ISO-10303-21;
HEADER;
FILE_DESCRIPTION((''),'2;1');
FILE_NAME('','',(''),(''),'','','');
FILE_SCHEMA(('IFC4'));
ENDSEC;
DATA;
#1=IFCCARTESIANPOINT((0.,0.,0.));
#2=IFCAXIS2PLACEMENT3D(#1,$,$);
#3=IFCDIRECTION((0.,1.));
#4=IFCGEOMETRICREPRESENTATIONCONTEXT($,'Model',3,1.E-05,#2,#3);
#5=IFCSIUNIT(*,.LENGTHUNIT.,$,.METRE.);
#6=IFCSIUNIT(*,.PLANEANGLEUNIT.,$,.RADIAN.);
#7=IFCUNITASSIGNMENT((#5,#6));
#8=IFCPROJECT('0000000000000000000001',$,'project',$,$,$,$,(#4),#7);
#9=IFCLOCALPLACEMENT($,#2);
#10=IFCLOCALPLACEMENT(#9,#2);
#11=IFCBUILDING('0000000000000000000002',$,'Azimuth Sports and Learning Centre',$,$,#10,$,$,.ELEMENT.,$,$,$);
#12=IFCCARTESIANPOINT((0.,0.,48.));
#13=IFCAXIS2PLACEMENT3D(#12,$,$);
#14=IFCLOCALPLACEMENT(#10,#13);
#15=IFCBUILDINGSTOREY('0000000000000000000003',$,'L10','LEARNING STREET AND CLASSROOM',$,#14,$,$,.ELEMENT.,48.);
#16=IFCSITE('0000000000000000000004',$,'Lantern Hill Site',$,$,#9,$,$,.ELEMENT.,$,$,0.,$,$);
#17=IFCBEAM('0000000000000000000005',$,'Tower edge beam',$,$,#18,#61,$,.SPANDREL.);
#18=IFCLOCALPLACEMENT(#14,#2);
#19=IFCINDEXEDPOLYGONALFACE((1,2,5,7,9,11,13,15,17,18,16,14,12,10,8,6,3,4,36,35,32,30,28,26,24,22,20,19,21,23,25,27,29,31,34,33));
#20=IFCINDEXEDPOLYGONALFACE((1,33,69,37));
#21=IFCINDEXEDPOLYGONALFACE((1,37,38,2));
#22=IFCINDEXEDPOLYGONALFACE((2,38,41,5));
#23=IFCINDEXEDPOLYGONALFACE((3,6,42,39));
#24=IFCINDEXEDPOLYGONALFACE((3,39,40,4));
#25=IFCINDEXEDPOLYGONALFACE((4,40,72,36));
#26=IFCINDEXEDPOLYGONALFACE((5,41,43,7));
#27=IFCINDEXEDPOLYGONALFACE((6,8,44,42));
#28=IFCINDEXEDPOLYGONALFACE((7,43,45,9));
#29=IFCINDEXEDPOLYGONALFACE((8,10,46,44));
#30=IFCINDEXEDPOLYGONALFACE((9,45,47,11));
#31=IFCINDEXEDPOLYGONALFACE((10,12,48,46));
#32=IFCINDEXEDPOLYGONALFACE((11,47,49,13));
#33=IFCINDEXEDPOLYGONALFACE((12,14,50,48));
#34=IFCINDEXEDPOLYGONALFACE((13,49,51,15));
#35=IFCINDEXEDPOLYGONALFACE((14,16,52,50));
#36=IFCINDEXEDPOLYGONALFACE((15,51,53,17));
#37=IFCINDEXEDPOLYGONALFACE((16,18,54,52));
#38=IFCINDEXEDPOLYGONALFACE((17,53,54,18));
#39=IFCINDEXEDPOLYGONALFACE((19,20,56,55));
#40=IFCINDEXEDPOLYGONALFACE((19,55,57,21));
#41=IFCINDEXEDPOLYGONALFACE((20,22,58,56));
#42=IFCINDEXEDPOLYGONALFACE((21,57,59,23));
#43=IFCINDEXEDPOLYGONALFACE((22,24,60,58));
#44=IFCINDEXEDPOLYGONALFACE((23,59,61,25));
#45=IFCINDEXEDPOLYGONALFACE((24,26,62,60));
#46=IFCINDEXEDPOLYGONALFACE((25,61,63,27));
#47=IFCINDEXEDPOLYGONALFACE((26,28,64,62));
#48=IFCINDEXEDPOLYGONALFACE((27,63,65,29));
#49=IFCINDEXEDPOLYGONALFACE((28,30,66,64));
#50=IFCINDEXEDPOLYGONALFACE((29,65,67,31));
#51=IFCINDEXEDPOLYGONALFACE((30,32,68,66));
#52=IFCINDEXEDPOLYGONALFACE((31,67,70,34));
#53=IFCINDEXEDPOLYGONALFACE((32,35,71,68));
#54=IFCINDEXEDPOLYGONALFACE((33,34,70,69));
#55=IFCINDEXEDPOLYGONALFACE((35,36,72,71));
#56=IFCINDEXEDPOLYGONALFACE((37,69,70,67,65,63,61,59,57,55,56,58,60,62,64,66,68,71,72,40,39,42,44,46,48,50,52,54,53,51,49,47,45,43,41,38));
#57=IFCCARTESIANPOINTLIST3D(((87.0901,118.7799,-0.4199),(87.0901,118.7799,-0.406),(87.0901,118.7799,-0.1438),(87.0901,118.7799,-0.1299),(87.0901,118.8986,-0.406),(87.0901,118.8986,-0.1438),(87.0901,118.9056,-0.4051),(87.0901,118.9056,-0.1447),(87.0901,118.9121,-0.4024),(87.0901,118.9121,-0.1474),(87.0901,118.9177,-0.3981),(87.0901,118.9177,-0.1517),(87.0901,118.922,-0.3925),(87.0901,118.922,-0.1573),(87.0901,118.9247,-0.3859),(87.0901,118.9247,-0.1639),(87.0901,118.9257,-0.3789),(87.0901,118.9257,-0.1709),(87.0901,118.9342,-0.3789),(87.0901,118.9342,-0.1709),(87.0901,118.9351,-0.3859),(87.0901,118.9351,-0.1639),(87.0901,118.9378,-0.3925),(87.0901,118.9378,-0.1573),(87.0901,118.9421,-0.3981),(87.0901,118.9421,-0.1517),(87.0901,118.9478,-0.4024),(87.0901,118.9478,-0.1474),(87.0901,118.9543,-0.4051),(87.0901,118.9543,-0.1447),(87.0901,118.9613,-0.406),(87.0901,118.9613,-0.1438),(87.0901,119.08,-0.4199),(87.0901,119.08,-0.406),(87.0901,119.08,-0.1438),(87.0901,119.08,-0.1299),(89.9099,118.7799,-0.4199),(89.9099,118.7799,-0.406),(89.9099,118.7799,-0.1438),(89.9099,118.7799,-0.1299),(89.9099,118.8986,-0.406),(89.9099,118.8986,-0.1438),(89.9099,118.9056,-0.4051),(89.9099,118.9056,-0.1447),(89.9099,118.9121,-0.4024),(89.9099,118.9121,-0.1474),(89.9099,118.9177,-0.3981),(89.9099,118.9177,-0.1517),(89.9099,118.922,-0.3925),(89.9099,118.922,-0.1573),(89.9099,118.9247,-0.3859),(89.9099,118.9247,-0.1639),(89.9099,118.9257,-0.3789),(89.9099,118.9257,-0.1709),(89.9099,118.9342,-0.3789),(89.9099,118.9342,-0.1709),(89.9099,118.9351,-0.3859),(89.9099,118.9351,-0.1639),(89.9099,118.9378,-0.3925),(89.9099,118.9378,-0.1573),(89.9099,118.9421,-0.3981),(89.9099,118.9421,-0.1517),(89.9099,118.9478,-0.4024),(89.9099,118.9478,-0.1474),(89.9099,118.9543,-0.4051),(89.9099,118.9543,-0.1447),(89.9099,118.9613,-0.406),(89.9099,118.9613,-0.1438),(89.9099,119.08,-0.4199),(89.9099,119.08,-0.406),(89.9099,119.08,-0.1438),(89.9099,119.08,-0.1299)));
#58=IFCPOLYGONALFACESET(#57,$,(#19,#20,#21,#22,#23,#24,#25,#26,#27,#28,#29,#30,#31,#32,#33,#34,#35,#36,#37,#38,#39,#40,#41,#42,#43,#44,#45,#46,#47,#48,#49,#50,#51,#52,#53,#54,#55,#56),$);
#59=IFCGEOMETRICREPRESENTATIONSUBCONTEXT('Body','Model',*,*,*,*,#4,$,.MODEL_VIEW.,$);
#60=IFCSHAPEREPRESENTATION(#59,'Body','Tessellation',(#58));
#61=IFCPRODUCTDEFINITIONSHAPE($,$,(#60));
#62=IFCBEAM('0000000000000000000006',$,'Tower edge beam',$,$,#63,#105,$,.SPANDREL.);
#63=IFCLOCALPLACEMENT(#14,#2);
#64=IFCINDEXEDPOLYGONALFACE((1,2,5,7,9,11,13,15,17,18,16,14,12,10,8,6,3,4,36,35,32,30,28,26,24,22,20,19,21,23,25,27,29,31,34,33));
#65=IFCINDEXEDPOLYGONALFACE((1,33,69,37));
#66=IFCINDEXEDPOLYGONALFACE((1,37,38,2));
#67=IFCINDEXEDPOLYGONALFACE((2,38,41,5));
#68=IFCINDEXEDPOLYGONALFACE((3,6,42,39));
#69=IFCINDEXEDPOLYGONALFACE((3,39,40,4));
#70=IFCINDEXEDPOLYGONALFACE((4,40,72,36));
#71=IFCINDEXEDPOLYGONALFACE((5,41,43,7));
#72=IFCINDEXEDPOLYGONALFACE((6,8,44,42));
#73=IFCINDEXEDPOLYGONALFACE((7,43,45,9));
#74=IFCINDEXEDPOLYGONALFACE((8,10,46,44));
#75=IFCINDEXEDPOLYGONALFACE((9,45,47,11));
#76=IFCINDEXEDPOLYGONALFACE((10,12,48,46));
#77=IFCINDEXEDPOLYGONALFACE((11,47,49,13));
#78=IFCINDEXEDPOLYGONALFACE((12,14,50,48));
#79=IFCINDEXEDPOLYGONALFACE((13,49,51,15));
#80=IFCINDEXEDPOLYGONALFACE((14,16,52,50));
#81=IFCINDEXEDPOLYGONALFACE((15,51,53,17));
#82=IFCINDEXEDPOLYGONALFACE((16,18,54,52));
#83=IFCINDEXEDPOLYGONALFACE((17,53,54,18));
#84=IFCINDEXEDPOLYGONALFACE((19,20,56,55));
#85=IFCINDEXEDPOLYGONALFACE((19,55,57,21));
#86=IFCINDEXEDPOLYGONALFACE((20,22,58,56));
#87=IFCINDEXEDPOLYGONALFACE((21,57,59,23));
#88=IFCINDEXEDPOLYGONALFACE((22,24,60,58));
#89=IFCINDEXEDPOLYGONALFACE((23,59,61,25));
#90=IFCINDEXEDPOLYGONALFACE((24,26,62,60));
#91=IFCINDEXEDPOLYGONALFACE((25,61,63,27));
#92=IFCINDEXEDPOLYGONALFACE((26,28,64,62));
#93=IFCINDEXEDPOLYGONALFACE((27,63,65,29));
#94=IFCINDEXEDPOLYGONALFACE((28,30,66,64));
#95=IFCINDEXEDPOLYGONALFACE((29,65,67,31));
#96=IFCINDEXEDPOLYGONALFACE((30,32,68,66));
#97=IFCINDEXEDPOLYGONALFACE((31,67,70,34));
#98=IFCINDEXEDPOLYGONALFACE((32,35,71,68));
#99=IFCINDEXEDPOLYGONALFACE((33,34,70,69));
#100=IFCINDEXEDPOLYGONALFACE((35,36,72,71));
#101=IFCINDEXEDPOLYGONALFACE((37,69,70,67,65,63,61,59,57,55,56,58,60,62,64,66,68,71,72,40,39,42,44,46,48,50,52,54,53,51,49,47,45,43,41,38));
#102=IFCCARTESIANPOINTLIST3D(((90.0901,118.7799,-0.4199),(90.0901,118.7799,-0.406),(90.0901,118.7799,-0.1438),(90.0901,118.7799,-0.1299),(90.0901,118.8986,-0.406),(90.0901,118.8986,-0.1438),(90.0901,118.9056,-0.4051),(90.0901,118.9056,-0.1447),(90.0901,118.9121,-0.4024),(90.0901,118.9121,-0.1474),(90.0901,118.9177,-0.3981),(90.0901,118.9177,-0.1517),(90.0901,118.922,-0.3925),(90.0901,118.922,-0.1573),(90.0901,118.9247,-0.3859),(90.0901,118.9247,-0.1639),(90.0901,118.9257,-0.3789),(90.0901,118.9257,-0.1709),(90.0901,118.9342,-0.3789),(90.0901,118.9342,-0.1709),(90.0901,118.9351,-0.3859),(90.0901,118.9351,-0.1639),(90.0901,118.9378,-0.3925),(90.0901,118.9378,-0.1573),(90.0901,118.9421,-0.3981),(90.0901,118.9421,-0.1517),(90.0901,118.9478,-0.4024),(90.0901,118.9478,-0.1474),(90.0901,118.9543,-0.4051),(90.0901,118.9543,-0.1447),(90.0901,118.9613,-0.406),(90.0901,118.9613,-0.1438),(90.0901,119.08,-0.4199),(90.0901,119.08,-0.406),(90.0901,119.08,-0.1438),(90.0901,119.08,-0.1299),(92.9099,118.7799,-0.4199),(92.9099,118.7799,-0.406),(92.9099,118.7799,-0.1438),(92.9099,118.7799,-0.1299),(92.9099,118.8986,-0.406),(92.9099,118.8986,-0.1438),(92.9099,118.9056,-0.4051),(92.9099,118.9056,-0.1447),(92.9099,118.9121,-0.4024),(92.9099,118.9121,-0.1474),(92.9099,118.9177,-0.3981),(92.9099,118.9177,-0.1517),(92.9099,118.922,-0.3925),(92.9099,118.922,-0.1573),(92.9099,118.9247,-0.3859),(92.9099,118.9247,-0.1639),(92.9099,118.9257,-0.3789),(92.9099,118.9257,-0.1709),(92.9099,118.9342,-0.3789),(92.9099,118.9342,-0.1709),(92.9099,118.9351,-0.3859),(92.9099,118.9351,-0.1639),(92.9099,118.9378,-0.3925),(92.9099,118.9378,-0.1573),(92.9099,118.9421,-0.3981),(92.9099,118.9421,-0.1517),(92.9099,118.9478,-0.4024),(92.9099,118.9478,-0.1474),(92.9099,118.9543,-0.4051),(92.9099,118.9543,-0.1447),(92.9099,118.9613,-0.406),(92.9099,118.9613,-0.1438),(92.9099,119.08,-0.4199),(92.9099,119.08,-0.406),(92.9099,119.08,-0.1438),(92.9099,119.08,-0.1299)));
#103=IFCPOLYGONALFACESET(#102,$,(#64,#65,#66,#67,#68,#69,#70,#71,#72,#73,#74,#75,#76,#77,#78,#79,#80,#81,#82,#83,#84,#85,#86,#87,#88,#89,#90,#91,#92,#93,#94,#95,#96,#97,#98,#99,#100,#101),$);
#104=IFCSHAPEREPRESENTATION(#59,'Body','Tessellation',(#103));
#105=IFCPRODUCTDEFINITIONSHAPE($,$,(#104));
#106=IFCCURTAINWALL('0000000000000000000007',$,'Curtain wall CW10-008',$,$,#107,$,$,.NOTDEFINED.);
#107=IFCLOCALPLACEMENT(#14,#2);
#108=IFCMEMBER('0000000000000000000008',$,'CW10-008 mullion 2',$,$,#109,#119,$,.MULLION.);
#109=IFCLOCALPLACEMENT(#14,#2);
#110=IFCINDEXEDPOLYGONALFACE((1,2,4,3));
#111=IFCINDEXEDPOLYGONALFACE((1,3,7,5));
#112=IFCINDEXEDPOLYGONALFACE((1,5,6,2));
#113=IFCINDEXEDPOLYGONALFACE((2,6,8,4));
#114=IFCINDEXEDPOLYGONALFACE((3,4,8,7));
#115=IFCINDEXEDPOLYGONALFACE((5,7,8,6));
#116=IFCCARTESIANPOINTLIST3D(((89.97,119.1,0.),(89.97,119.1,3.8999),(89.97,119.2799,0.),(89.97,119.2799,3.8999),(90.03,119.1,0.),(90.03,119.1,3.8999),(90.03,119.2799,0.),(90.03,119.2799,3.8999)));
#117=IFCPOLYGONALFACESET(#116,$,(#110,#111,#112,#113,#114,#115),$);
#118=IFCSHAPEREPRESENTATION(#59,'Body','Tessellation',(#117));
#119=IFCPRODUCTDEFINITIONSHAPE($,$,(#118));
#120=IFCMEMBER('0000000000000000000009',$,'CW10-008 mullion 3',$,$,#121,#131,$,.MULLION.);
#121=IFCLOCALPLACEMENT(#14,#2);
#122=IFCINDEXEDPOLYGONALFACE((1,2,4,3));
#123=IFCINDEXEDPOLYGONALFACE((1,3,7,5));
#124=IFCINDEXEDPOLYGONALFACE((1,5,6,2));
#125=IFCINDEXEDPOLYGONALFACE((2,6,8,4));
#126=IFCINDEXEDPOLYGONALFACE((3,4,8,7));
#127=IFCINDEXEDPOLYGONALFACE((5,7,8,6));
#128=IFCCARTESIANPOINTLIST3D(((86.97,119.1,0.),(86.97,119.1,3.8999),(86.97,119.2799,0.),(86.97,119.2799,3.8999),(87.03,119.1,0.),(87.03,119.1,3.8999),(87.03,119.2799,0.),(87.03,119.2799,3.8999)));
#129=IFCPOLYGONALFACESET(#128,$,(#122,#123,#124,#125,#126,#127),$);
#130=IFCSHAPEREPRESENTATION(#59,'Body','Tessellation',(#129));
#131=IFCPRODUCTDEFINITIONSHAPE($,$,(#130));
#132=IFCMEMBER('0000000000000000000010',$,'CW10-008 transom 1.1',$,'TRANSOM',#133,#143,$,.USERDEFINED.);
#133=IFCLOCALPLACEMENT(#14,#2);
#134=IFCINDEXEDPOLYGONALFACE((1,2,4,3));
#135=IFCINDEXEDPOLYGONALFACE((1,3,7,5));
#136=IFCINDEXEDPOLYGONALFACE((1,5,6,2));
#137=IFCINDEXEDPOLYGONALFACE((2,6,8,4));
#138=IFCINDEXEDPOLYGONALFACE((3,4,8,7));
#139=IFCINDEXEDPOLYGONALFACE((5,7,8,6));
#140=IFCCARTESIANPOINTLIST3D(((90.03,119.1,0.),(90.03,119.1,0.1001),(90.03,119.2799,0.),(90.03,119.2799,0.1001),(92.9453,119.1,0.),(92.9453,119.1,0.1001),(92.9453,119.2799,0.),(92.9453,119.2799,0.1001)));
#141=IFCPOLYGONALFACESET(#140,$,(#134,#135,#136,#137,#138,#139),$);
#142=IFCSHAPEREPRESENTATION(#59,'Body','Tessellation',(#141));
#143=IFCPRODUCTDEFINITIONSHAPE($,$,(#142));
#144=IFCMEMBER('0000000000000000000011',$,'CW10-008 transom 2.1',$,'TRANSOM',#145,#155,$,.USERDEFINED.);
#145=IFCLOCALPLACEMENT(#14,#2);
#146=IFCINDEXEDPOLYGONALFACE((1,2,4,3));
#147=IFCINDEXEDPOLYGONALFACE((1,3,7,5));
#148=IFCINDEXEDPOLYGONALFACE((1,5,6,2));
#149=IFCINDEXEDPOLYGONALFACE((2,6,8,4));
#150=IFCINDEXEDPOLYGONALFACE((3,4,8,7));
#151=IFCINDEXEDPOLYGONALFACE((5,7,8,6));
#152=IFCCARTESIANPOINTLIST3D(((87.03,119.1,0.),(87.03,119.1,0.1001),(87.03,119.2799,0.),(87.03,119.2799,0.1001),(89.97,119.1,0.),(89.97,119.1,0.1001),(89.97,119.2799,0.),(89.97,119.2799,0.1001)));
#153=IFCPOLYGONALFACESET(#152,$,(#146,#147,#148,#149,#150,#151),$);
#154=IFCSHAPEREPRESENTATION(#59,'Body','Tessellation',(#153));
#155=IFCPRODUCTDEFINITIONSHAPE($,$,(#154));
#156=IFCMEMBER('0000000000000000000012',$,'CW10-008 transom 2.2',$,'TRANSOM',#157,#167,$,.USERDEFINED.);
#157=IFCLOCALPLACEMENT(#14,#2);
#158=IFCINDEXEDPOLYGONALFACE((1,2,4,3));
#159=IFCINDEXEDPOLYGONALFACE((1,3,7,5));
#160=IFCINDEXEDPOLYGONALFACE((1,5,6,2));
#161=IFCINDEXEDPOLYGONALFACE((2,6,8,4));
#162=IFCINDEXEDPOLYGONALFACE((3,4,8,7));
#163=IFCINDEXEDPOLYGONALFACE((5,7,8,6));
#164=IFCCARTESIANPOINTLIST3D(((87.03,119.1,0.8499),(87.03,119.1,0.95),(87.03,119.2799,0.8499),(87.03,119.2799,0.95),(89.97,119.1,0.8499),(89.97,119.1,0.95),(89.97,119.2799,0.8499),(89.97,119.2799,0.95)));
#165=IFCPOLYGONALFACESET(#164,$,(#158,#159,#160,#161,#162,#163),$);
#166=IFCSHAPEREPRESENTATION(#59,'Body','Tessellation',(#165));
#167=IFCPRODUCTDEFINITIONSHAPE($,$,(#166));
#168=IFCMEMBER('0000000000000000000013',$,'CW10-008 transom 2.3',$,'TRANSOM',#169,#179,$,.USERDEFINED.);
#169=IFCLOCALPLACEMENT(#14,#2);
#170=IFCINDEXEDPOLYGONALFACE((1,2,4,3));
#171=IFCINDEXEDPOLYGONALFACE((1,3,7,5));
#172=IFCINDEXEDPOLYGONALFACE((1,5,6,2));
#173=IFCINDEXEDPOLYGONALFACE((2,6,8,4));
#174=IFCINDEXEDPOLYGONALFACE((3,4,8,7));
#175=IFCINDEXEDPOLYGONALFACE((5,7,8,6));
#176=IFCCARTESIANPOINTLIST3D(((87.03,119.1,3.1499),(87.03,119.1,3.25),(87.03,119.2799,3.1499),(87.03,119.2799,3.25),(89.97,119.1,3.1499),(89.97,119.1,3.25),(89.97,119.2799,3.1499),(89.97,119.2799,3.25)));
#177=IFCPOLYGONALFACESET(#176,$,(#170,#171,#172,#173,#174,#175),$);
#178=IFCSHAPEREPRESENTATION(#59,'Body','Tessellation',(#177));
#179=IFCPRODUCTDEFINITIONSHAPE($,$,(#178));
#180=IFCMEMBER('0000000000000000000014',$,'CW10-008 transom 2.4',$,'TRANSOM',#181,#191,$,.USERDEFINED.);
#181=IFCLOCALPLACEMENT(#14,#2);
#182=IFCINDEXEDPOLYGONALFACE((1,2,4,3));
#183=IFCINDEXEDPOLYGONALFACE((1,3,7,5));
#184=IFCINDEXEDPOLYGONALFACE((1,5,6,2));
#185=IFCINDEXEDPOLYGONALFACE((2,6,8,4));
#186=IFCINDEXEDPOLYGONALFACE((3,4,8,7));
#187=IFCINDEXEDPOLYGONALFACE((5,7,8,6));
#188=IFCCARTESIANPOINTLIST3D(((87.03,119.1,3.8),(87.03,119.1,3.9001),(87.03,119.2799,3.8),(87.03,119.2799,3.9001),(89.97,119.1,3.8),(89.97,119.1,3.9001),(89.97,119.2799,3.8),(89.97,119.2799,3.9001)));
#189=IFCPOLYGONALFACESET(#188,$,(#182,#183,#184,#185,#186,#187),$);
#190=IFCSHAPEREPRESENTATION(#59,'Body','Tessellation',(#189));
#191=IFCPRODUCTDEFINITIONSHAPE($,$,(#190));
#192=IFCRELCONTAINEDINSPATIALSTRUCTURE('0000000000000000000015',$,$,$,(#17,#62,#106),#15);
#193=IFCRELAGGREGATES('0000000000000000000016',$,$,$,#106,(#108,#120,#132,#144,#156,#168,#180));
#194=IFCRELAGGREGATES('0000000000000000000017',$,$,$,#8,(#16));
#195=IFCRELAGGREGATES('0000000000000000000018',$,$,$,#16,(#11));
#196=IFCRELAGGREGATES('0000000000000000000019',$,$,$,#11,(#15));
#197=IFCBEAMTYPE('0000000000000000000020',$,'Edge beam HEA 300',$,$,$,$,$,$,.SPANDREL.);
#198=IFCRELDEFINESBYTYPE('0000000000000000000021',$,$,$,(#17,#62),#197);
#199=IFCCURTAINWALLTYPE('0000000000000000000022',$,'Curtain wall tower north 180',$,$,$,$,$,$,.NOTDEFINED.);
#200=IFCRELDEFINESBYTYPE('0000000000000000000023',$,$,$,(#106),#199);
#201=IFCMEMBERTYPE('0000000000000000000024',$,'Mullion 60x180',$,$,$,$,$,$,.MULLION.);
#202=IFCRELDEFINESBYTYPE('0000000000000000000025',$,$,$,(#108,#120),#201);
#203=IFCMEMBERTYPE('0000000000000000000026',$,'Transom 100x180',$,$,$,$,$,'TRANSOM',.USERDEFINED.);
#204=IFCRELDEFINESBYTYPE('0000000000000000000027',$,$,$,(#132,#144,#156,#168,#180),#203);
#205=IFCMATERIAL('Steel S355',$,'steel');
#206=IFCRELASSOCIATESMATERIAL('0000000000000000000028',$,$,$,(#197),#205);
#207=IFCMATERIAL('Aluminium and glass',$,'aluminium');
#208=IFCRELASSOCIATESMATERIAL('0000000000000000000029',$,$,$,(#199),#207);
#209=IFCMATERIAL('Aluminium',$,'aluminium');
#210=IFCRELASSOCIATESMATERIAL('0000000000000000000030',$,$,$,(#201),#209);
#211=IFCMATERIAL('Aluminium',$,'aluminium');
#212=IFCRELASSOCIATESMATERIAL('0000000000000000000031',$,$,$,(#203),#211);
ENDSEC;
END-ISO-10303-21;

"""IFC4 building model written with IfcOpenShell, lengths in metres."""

from ifc_helpers import new_model, si_unit, direction, frame, origin, origin_2d, place, context, subcontext, project, spatial, rectangle, i_section, extrude, material, material_profile, profile_set, type_object, element, aggregate, save


model = new_model("IFC4")

# Units and contexts
model_context = context("Model", 3, precision=1e-05, world=origin(), true_north=direction((0.0, 1.0)))
body_context = subcontext(model_context, "Body", "Model", "MODEL_VIEW")
ifc_project = project(units=[si_unit("LENGTHUNIT", "METRE"), si_unit("PLANEANGLEUNIT", "RADIAN")], contexts=[model_context])

# Site, building, storey
site_placement = place(None, origin())
site = spatial("IfcSite", under=ifc_project, at=site_placement, Name="Lantern Hill Site", CompositionType="ELEMENT", RefElevation=0.0)
building_placement = place(site_placement, origin())
building = spatial("IfcBuilding", under=site, at=building_placement, Name="Azimuth Sports and Learning Centre", CompositionType="ELEMENT")
storey_placement = place(building_placement, frame((0.0, 0.0, 48.0)))
storey = spatial("IfcBuildingStorey", under=building, at=storey_placement, Name="L10", Description="LEARNING STREET AND CLASSROOM", CompositionType="ELEMENT", Elevation=48.0)

# Beams
ifc_material_1 = material(Name="Steel S355", Category="steel")
ifc_material_profile_1 = material_profile(ifc_material_1, i_section(OverallWidth=0.3, OverallDepth=0.29, WebThickness=0.0085, FlangeThickness=0.0139, FilletRadius=0.0271, at=origin_2d()), Name="HEA 300")
ifc_profile_set_1 = profile_set([ifc_material_profile_1], Name="Steel S355")
beam_type = type_object("IfcBeamType", Name="Edge beam HEA 300", PredefinedType="SPANDREL", material=ifc_profile_set_1)
for number, where, z_axis, x_axis, name in (
    (1, (87.0901, 118.9299, -0.2749), (1.0, 0.0, 0.0), (0.0, 1.0, 0.0), "Tower edge beam"),
    (2, (90.0901, 118.9299, -0.2749), (1.0, 0.0, 0.0), (0.0, 1.0, 0.0), "Tower edge beam"),
):
    element("IfcBeam", number, at=place(storey_placement, frame(where, z_axis=z_axis, x_axis=x_axis)), inside=storey, type_object=beam_type, Name=name, PredefinedType="SPANDREL", context=body_context, shape_type="SweptSolid", body=[
        extrude(i_section(OverallWidth=0.3, OverallDepth=0.29, WebThickness=0.0085, FlangeThickness=0.0139, FilletRadius=0.0271, at=origin_2d()), origin(), (0.0, 0.0, 1.0), 2.8198),
    ])

# Curtain wall, members
ifc_material_2 = material(Name="Aluminium and glass", Category="aluminium")
curtain_wall_type = type_object("IfcCurtainWallType", Name="Curtain wall tower north 180", PredefinedType="NOTDEFINED", material=ifc_material_2)
curtain_wall_placement = place(storey_placement, origin())
curtain_wall = element("IfcCurtainWall", 3, at=curtain_wall_placement, inside=storey, type_object=curtain_wall_type, Name="Curtain wall CW10-008", PredefinedType="NOTDEFINED")
ifc_material_3 = material(Name="Aluminium", Category="aluminium")
ifc_material_profile_2 = material_profile(ifc_material_3, rectangle(XDim=0.1799, YDim=0.0601, at=origin_2d()), Name="Mullion 60x180")
ifc_profile_set_2 = profile_set([ifc_material_profile_2], Name="Aluminium")
member_type_1 = type_object("IfcMemberType", Name="Mullion 60x180", PredefinedType="MULLION", material=ifc_profile_set_2)
member_1_placement = place(storey_placement, frame((90.0, 119.1899, 0.0), z_axis=(0.0, 0.0, 1.0), x_axis=(0.0, -1.0, 0.0)))
member_1 = element("IfcMember", 4, at=member_1_placement, type_object=member_type_1, Name="CW10-008 mullion 2", PredefinedType="MULLION", context=body_context, shape_type="SweptSolid", body=[
    extrude(rectangle(XDim=0.1799, YDim=0.0601, at=origin_2d()), origin(), (0.0, 0.0, 1.0), 3.8999),
])
member_2_placement = place(storey_placement, frame((87.0, 119.1899, 0.0), z_axis=(0.0, 0.0, 1.0), x_axis=(0.0, -1.0, 0.0)))
member_2 = element("IfcMember", 5, at=member_2_placement, type_object=member_type_1, Name="CW10-008 mullion 3", PredefinedType="MULLION", context=body_context, shape_type="SweptSolid", body=[
    extrude(rectangle(XDim=0.1799, YDim=0.0601, at=origin_2d()), origin(), (0.0, 0.0, 1.0), 3.8999),
])
ifc_material_4 = material(Name="Aluminium", Category="aluminium")
ifc_material_profile_3 = material_profile(ifc_material_4, rectangle(XDim=0.1799, YDim=0.1001, at=origin_2d()), Name="Transom 100x180")
ifc_profile_set_3 = profile_set([ifc_material_profile_3], Name="Aluminium")
member_type_2 = type_object("IfcMemberType", Name="Transom 100x180", ElementType="TRANSOM", PredefinedType="USERDEFINED", material=ifc_profile_set_3)
member_3_placement = place(storey_placement, frame((92.9453, 119.1899, 0.05), z_axis=(-1.0, 0.0, 0.0), x_axis=(0.0, -1.0, 0.0)))
member_3 = element("IfcMember", 6, at=member_3_placement, type_object=member_type_2, Name="CW10-008 transom 1.1", ObjectType="TRANSOM", PredefinedType="USERDEFINED", context=body_context, shape_type="SweptSolid", body=[
    extrude(rectangle(XDim=0.1799, YDim=0.1001, at=origin_2d()), origin(), (0.0, 0.0, 1.0), 2.9153),
])
member_4_placement = place(storey_placement, frame((89.97, 119.1899, 0.05), z_axis=(-1.0, 0.0, 0.0), x_axis=(0.0, -1.0, 0.0)))
member_4 = element("IfcMember", 7, at=member_4_placement, type_object=member_type_2, Name="CW10-008 transom 2.1", ObjectType="TRANSOM", PredefinedType="USERDEFINED", context=body_context, shape_type="SweptSolid", body=[
    extrude(rectangle(XDim=0.1799, YDim=0.1001, at=origin_2d()), origin(), (0.0, 0.0, 1.0), 2.9399),
])
member_5_placement = place(storey_placement, frame((89.97, 119.1899, 0.8999), z_axis=(-1.0, 0.0, 0.0), x_axis=(0.0, -1.0, 0.0)))
member_5 = element("IfcMember", 8, at=member_5_placement, type_object=member_type_2, Name="CW10-008 transom 2.2", ObjectType="TRANSOM", PredefinedType="USERDEFINED", context=body_context, shape_type="SweptSolid", body=[
    extrude(rectangle(XDim=0.1799, YDim=0.1001, at=origin_2d()), origin(), (0.0, 0.0, 1.0), 2.9399),
])
member_6_placement = place(storey_placement, frame((89.97, 119.1899, 3.2), z_axis=(-1.0, 0.0, 0.0), x_axis=(0.0, -1.0, 0.0)))
member_6 = element("IfcMember", 9, at=member_6_placement, type_object=member_type_2, Name="CW10-008 transom 2.3", ObjectType="TRANSOM", PredefinedType="USERDEFINED", context=body_context, shape_type="SweptSolid", body=[
    extrude(rectangle(XDim=0.1799, YDim=0.1001, at=origin_2d()), origin(), (0.0, 0.0, 1.0), 2.9399),
])
member_7_placement = place(storey_placement, frame((89.97, 119.1899, 3.8501), z_axis=(-1.0, 0.0, 0.0), x_axis=(0.0, -1.0, 0.0)))
member_7 = element("IfcMember", 10, at=member_7_placement, type_object=member_type_2, Name="CW10-008 transom 2.4", ObjectType="TRANSOM", PredefinedType="USERDEFINED", context=body_context, shape_type="SweptSolid", body=[
    extrude(rectangle(XDim=0.1799, YDim=0.1001, at=origin_2d()), origin(), (0.0, 0.0, 1.0), 2.9399),
])
aggregate(curtain_wall, [member_1, member_2, member_3, member_4, member_5, member_6, member_7])

save(model, "model.ifc")
